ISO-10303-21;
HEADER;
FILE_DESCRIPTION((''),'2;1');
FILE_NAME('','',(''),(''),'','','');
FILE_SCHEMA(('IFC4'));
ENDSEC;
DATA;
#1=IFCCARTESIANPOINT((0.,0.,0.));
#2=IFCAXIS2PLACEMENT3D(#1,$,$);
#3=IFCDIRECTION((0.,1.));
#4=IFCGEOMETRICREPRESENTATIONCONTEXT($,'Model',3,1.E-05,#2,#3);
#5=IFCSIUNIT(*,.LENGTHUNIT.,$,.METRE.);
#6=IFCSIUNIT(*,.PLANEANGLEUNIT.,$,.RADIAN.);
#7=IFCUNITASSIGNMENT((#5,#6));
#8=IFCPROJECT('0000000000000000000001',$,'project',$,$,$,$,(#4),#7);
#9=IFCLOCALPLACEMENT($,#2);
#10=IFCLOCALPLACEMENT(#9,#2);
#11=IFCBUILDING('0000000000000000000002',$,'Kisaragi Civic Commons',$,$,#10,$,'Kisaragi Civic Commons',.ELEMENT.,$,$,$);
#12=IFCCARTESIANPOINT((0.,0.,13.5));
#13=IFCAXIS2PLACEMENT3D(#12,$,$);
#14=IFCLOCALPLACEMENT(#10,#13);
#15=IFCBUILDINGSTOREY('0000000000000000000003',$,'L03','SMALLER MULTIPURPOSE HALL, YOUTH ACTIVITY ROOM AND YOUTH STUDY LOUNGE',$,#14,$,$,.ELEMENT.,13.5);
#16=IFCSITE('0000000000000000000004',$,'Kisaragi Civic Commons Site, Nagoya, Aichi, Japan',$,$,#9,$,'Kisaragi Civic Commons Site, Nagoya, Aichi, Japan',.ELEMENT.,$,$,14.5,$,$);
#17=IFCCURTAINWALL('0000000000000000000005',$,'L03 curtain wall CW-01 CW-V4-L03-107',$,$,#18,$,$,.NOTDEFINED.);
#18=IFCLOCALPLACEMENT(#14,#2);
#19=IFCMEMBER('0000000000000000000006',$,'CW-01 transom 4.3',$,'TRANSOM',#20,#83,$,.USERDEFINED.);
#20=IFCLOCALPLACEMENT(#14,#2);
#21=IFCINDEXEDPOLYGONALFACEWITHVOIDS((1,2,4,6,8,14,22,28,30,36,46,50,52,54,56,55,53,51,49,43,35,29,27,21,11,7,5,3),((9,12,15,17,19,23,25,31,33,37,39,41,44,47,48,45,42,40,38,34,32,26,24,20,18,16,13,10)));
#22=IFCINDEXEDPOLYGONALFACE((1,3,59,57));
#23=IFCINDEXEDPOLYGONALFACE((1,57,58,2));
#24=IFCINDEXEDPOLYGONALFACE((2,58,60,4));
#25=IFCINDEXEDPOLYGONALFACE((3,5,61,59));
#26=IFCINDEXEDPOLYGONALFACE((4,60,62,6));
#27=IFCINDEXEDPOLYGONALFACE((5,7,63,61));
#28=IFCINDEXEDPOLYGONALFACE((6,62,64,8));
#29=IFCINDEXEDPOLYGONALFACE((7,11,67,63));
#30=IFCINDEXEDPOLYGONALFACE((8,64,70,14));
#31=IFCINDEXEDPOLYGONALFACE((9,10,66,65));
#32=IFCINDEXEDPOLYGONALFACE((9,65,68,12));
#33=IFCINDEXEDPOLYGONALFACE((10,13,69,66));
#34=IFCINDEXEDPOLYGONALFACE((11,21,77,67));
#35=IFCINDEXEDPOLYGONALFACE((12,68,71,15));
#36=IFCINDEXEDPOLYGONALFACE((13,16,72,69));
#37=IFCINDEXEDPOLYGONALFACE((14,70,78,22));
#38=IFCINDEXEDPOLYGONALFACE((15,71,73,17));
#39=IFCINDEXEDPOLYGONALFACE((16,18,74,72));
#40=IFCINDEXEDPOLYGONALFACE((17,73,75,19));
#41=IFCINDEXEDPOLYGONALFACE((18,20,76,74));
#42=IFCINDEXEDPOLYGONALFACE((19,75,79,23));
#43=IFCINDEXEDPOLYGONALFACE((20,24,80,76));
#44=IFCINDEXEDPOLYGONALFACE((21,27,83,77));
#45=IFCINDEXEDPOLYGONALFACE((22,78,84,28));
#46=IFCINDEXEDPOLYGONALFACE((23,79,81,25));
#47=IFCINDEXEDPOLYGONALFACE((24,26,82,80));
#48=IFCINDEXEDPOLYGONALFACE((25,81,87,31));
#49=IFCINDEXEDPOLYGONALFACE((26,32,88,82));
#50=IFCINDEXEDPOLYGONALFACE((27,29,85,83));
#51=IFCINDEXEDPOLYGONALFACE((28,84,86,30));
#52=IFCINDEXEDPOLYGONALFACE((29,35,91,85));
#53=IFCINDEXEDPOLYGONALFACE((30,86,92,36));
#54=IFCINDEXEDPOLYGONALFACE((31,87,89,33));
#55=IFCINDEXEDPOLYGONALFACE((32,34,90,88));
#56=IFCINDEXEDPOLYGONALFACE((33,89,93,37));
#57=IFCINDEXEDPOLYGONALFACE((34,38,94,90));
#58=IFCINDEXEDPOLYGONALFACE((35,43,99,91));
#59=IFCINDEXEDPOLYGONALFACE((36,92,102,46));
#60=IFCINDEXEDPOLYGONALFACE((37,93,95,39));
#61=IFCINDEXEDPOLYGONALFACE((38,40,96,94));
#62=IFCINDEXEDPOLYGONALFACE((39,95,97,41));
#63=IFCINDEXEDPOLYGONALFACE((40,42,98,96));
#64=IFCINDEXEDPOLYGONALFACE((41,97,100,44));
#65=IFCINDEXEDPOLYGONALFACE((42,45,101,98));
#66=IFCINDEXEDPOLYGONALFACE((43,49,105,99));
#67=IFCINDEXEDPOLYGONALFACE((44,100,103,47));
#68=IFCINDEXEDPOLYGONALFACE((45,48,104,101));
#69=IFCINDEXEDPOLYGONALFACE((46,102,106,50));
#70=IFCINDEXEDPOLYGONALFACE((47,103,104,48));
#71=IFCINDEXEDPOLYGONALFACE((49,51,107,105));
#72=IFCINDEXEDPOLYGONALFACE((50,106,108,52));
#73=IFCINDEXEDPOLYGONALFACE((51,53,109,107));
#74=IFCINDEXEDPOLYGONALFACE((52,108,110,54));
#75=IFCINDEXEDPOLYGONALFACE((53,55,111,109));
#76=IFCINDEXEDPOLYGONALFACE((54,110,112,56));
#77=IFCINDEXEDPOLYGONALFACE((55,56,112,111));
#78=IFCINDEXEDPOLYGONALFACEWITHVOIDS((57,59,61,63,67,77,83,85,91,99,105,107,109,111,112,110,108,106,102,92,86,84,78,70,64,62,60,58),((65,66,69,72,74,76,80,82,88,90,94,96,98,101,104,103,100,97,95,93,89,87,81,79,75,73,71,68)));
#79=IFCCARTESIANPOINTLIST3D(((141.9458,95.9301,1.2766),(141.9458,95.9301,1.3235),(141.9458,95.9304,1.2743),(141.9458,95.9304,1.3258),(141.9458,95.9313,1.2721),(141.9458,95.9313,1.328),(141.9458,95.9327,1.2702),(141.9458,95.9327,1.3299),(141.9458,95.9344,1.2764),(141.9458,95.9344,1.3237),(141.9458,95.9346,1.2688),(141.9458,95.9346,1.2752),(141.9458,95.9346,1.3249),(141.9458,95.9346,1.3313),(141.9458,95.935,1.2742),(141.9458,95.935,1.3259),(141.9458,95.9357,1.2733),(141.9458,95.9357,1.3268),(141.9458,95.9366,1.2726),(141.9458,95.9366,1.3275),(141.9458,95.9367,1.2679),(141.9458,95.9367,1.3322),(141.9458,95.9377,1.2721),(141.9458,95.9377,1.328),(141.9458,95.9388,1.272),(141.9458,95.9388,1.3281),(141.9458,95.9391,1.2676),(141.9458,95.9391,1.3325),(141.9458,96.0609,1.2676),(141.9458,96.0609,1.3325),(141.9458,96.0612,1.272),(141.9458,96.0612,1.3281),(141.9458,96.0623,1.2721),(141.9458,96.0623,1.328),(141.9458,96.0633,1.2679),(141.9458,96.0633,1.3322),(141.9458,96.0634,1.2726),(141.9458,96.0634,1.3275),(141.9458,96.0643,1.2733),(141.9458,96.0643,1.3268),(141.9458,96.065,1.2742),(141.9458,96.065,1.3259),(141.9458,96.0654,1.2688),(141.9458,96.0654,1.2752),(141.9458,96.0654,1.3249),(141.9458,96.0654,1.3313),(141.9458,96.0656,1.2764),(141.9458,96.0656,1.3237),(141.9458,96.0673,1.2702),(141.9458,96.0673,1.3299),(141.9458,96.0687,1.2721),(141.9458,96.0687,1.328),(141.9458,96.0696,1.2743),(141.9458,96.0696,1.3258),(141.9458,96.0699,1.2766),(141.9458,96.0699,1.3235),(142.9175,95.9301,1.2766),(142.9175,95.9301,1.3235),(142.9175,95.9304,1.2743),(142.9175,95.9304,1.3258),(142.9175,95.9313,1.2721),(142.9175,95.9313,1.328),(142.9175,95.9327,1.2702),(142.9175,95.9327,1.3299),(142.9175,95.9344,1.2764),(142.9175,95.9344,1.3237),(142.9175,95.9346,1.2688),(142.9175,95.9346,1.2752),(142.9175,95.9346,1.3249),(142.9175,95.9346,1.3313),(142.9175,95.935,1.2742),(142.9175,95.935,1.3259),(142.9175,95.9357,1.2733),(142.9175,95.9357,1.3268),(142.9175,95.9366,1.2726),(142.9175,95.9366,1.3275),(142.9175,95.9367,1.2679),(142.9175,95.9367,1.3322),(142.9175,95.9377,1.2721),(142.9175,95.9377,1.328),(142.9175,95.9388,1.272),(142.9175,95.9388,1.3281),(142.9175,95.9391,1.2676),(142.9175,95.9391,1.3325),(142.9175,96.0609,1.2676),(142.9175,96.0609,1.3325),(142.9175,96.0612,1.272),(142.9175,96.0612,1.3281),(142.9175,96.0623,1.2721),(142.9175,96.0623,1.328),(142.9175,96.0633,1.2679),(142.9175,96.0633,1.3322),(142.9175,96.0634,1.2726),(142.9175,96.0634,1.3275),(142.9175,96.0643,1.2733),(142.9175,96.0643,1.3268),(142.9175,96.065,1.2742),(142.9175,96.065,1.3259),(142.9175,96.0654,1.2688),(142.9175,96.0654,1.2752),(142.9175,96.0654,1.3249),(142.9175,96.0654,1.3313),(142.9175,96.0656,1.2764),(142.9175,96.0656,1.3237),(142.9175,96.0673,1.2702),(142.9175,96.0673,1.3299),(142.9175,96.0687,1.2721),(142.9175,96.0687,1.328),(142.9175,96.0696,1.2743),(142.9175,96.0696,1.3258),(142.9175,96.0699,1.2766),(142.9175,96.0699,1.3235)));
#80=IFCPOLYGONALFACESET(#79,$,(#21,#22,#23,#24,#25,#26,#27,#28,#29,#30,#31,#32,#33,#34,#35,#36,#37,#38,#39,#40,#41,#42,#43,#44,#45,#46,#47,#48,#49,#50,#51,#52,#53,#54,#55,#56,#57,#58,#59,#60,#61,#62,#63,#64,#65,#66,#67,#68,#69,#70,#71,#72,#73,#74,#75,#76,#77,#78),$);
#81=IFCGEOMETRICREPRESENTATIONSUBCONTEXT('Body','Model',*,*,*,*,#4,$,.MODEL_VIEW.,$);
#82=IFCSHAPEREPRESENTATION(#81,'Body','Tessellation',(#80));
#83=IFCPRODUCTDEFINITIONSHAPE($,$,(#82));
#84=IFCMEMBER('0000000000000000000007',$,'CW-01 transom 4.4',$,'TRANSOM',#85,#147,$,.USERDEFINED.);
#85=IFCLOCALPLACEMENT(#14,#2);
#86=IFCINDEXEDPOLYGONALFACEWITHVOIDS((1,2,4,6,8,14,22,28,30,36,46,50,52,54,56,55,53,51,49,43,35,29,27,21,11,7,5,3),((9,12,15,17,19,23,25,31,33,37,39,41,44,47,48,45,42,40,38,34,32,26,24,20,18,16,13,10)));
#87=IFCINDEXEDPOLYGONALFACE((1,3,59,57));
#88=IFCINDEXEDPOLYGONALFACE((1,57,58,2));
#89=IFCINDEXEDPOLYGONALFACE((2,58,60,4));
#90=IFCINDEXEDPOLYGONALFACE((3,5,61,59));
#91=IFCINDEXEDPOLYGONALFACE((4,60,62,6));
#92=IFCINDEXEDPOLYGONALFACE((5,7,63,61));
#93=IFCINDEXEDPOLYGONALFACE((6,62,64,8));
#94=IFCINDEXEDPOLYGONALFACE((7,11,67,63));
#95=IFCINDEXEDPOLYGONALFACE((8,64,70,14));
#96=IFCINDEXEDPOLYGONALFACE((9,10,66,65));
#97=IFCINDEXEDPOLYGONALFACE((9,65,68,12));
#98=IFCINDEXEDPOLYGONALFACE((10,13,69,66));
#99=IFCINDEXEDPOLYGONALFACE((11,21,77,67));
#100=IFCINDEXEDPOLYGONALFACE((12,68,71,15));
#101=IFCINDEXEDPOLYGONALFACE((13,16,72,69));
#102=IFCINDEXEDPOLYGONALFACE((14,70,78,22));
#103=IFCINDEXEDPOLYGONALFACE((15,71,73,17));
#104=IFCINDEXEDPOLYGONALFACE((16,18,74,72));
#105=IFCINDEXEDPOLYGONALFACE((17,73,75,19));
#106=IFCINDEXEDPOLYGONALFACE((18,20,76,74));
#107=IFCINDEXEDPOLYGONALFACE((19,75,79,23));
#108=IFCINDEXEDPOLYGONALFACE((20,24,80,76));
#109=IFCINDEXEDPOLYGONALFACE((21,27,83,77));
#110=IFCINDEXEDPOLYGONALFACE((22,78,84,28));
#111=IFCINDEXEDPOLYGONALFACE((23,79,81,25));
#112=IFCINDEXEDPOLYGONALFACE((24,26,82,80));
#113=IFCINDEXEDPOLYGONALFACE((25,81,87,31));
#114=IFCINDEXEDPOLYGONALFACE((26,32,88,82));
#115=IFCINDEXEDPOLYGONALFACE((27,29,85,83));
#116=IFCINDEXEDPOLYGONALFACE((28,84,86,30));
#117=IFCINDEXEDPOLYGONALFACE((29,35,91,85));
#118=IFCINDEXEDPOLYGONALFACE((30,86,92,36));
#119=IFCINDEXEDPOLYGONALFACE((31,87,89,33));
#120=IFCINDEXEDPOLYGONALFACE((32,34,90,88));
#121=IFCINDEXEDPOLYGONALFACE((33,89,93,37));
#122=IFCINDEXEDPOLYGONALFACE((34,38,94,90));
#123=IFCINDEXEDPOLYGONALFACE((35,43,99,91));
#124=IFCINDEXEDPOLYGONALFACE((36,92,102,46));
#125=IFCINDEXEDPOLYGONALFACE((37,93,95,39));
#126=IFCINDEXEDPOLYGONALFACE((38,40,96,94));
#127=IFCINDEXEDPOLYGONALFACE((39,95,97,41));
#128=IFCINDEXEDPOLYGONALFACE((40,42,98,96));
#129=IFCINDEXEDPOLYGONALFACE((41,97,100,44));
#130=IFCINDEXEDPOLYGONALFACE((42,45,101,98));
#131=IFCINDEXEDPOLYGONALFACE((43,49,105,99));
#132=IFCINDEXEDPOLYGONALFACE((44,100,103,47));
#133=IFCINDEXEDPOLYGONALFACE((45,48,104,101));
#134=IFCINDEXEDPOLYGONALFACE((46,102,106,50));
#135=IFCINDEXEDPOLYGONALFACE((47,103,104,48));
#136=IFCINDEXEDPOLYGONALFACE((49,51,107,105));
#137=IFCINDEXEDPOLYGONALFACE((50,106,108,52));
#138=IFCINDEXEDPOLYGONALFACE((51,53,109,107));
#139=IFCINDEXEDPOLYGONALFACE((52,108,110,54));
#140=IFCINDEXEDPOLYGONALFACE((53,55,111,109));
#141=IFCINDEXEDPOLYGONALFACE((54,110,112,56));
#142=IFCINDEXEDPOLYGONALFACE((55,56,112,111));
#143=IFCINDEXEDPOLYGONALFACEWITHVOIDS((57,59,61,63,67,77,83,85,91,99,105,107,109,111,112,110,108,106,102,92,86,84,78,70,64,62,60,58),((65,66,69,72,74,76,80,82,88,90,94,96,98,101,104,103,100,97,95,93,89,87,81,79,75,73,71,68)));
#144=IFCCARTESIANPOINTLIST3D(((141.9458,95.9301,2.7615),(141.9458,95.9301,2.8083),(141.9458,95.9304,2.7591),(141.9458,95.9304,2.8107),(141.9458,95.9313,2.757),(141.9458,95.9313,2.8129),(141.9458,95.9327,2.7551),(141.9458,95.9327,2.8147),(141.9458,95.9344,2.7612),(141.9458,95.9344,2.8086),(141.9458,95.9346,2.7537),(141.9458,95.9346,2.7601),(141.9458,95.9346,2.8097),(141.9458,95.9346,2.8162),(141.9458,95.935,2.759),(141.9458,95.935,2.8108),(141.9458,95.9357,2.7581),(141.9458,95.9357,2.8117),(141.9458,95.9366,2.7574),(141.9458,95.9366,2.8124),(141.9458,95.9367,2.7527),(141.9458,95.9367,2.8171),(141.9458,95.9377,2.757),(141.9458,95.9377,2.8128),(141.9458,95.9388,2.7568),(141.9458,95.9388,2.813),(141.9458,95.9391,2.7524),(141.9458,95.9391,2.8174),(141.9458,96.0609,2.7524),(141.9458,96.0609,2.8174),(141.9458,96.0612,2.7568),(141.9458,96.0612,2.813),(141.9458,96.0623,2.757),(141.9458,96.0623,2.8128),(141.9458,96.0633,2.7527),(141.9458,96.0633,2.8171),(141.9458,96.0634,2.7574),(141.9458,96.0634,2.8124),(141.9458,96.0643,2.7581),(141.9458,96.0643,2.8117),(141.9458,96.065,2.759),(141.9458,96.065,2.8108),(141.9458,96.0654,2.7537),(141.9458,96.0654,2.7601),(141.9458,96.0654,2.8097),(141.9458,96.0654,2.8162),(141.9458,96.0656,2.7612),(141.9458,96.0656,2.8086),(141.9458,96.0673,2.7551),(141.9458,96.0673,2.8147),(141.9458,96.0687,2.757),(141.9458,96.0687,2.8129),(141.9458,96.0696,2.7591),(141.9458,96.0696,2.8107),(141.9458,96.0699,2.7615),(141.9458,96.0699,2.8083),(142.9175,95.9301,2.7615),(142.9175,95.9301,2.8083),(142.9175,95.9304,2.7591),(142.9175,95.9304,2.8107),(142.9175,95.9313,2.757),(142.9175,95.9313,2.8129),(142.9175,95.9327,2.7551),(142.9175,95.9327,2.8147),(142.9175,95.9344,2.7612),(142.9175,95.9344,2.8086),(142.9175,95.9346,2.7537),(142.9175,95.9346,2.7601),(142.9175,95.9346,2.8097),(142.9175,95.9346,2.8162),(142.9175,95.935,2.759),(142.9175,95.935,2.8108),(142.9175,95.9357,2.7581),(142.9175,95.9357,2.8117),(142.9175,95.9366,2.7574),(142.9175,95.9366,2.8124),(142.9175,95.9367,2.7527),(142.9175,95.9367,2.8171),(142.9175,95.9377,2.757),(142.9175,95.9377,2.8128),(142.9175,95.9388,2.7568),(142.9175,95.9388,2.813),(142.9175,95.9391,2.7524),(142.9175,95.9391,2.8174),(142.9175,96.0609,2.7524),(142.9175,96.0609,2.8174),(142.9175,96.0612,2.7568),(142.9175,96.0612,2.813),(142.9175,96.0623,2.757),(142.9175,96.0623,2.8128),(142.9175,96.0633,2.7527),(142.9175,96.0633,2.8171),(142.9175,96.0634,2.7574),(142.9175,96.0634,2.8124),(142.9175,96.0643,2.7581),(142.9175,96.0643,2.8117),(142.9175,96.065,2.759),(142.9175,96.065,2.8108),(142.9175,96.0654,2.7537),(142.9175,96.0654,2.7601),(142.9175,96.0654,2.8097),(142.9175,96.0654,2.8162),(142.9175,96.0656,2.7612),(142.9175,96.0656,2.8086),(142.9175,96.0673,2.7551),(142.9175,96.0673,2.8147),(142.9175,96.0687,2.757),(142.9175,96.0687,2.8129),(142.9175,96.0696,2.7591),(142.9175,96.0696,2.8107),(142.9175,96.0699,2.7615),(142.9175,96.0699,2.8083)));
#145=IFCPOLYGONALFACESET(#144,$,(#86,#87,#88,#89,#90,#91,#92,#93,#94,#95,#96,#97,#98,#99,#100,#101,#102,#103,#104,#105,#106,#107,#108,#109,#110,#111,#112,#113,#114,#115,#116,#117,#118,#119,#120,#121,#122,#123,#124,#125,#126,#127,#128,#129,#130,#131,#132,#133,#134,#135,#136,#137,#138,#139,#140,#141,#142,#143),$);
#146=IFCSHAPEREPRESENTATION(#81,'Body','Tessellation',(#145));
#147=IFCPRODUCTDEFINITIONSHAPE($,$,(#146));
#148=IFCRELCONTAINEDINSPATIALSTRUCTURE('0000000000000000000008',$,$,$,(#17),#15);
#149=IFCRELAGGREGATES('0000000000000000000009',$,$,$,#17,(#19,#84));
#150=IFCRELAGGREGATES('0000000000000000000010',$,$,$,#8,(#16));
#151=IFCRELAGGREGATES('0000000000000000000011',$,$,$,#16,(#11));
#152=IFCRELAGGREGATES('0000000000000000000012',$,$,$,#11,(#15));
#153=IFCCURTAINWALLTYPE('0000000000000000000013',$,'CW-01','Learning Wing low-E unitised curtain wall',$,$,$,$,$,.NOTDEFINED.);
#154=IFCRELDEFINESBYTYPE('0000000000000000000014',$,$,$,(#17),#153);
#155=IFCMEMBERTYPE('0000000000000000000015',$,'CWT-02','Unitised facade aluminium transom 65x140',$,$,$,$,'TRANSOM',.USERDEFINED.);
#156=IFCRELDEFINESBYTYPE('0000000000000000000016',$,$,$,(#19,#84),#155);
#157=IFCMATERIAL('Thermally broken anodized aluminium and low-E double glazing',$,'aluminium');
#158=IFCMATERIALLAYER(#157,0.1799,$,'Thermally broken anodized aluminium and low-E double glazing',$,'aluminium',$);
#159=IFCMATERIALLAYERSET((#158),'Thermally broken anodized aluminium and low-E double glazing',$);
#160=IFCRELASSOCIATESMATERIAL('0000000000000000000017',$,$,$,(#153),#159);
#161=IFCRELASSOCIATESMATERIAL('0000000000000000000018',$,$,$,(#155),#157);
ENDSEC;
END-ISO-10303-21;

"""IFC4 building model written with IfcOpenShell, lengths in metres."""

from ifc_helpers import new_model, si_unit, direction, frame, origin, origin_2d, place, context, subcontext, project, spatial, hollow_rectangle, extrude, material, layer, layer_set, material_profile, profile_set, type_object, element, aggregate, save


model = new_model("IFC4")

# Units and contexts
model_context = context("Model", 3, precision=1e-05, world=origin(), true_north=direction((0.0, 1.0)))
body_context = subcontext(model_context, "Body", "Model", "MODEL_VIEW")
ifc_project = project(units=[si_unit("LENGTHUNIT", "METRE"), si_unit("PLANEANGLEUNIT", "RADIAN")], contexts=[model_context])

# Site, building, storey
site_placement = place(None, origin())
site = spatial("IfcSite", under=ifc_project, at=site_placement, Name="Kisaragi Civic Commons Site, Nagoya, Aichi, Japan", LongName="Kisaragi Civic Commons Site, Nagoya, Aichi, Japan", CompositionType="ELEMENT", RefElevation=14.5)
building_placement = place(site_placement, origin())
building = spatial("IfcBuilding", under=site, at=building_placement, Name="Kisaragi Civic Commons", LongName="Kisaragi Civic Commons", CompositionType="ELEMENT")
storey_placement = place(building_placement, frame((0.0, 0.0, 13.5)))
storey = spatial("IfcBuildingStorey", under=building, at=storey_placement, Name="L03", Description="SMALLER MULTIPURPOSE HALL, YOUTH ACTIVITY ROOM AND YOUTH STUDY LOUNGE", CompositionType="ELEMENT", Elevation=13.5)

# Curtain wall, members
ifc_material = material(Name="Thermally broken anodized aluminium and low-E double glazing", Category="aluminium")
ifc_layer_1 = layer(ifc_material, 0.1799, Name="Thermally broken anodized aluminium and low-E double glazing", Category="aluminium")
ifc_layer_set_1 = layer_set([ifc_layer_1], Name="Thermally broken anodized aluminium and low-E double glazing")
curtain_wall_type = type_object("IfcCurtainWallType", Name="CW-01", Description="Learning Wing low-E unitised curtain wall", PredefinedType="NOTDEFINED", material=ifc_layer_set_1)
curtain_wall_placement = place(storey_placement, origin())
curtain_wall = element("IfcCurtainWall", 1, at=curtain_wall_placement, inside=storey, type_object=curtain_wall_type, Name="L03 curtain wall CW-01 CW-V4-L03-107", PredefinedType="NOTDEFINED")
ifc_material_profile_1 = material_profile(ifc_material, hollow_rectangle(XDim=0.1399, YDim=0.0649, WallThickness=0.0044, InnerFilletRadius=0.0044, OuterFilletRadius=0.009, at=origin_2d()), Name="CWT-65x140x4.5", Category="aluminium")
ifc_profile_set_1 = profile_set([ifc_material_profile_1], Name="Thermally broken anodized aluminium and low-E double glazing")
member_type_1 = type_object("IfcMemberType", Name="CWT-02", Description="Unitised facade aluminium transom 65x140", ElementType="TRANSOM", PredefinedType="USERDEFINED", material=ifc_profile_set_1)
member_1_placement = place(storey_placement, frame((142.9175, 96.0, 1.3), z_axis=(-1.0, 0.0, 0.0), x_axis=(0.0, -1.0, 0.0)))
member_1 = element("IfcMember", 2, at=member_1_placement, type_object=member_type_1, Name="CW-01 transom 4.3", ObjectType="TRANSOM", PredefinedType="USERDEFINED", context=body_context, shape_type="SweptSolid", body=[
    extrude(hollow_rectangle(XDim=0.1399, YDim=0.0649, WallThickness=0.0044, InnerFilletRadius=0.0044, OuterFilletRadius=0.009, at=origin_2d()), origin(), (0.0, 0.0, 1.0), 0.9717),
])
member_2_placement = place(storey_placement, frame((142.9175, 96.0, 2.7849), z_axis=(-1.0, 0.0, 0.0), x_axis=(0.0, -1.0, 0.0)))
member_2 = element("IfcMember", 3, at=member_2_placement, type_object=member_type_1, Name="CW-01 transom 4.4", ObjectType="TRANSOM", PredefinedType="USERDEFINED", context=body_context, shape_type="SweptSolid", body=[
    extrude(hollow_rectangle(XDim=0.1399, YDim=0.0649, WallThickness=0.0044, InnerFilletRadius=0.0044, OuterFilletRadius=0.009, at=origin_2d()), origin(), (0.0, 0.0, 1.0), 0.9717),
])
aggregate(curtain_wall, [member_1, member_2])

save(model, "model.ifc")
